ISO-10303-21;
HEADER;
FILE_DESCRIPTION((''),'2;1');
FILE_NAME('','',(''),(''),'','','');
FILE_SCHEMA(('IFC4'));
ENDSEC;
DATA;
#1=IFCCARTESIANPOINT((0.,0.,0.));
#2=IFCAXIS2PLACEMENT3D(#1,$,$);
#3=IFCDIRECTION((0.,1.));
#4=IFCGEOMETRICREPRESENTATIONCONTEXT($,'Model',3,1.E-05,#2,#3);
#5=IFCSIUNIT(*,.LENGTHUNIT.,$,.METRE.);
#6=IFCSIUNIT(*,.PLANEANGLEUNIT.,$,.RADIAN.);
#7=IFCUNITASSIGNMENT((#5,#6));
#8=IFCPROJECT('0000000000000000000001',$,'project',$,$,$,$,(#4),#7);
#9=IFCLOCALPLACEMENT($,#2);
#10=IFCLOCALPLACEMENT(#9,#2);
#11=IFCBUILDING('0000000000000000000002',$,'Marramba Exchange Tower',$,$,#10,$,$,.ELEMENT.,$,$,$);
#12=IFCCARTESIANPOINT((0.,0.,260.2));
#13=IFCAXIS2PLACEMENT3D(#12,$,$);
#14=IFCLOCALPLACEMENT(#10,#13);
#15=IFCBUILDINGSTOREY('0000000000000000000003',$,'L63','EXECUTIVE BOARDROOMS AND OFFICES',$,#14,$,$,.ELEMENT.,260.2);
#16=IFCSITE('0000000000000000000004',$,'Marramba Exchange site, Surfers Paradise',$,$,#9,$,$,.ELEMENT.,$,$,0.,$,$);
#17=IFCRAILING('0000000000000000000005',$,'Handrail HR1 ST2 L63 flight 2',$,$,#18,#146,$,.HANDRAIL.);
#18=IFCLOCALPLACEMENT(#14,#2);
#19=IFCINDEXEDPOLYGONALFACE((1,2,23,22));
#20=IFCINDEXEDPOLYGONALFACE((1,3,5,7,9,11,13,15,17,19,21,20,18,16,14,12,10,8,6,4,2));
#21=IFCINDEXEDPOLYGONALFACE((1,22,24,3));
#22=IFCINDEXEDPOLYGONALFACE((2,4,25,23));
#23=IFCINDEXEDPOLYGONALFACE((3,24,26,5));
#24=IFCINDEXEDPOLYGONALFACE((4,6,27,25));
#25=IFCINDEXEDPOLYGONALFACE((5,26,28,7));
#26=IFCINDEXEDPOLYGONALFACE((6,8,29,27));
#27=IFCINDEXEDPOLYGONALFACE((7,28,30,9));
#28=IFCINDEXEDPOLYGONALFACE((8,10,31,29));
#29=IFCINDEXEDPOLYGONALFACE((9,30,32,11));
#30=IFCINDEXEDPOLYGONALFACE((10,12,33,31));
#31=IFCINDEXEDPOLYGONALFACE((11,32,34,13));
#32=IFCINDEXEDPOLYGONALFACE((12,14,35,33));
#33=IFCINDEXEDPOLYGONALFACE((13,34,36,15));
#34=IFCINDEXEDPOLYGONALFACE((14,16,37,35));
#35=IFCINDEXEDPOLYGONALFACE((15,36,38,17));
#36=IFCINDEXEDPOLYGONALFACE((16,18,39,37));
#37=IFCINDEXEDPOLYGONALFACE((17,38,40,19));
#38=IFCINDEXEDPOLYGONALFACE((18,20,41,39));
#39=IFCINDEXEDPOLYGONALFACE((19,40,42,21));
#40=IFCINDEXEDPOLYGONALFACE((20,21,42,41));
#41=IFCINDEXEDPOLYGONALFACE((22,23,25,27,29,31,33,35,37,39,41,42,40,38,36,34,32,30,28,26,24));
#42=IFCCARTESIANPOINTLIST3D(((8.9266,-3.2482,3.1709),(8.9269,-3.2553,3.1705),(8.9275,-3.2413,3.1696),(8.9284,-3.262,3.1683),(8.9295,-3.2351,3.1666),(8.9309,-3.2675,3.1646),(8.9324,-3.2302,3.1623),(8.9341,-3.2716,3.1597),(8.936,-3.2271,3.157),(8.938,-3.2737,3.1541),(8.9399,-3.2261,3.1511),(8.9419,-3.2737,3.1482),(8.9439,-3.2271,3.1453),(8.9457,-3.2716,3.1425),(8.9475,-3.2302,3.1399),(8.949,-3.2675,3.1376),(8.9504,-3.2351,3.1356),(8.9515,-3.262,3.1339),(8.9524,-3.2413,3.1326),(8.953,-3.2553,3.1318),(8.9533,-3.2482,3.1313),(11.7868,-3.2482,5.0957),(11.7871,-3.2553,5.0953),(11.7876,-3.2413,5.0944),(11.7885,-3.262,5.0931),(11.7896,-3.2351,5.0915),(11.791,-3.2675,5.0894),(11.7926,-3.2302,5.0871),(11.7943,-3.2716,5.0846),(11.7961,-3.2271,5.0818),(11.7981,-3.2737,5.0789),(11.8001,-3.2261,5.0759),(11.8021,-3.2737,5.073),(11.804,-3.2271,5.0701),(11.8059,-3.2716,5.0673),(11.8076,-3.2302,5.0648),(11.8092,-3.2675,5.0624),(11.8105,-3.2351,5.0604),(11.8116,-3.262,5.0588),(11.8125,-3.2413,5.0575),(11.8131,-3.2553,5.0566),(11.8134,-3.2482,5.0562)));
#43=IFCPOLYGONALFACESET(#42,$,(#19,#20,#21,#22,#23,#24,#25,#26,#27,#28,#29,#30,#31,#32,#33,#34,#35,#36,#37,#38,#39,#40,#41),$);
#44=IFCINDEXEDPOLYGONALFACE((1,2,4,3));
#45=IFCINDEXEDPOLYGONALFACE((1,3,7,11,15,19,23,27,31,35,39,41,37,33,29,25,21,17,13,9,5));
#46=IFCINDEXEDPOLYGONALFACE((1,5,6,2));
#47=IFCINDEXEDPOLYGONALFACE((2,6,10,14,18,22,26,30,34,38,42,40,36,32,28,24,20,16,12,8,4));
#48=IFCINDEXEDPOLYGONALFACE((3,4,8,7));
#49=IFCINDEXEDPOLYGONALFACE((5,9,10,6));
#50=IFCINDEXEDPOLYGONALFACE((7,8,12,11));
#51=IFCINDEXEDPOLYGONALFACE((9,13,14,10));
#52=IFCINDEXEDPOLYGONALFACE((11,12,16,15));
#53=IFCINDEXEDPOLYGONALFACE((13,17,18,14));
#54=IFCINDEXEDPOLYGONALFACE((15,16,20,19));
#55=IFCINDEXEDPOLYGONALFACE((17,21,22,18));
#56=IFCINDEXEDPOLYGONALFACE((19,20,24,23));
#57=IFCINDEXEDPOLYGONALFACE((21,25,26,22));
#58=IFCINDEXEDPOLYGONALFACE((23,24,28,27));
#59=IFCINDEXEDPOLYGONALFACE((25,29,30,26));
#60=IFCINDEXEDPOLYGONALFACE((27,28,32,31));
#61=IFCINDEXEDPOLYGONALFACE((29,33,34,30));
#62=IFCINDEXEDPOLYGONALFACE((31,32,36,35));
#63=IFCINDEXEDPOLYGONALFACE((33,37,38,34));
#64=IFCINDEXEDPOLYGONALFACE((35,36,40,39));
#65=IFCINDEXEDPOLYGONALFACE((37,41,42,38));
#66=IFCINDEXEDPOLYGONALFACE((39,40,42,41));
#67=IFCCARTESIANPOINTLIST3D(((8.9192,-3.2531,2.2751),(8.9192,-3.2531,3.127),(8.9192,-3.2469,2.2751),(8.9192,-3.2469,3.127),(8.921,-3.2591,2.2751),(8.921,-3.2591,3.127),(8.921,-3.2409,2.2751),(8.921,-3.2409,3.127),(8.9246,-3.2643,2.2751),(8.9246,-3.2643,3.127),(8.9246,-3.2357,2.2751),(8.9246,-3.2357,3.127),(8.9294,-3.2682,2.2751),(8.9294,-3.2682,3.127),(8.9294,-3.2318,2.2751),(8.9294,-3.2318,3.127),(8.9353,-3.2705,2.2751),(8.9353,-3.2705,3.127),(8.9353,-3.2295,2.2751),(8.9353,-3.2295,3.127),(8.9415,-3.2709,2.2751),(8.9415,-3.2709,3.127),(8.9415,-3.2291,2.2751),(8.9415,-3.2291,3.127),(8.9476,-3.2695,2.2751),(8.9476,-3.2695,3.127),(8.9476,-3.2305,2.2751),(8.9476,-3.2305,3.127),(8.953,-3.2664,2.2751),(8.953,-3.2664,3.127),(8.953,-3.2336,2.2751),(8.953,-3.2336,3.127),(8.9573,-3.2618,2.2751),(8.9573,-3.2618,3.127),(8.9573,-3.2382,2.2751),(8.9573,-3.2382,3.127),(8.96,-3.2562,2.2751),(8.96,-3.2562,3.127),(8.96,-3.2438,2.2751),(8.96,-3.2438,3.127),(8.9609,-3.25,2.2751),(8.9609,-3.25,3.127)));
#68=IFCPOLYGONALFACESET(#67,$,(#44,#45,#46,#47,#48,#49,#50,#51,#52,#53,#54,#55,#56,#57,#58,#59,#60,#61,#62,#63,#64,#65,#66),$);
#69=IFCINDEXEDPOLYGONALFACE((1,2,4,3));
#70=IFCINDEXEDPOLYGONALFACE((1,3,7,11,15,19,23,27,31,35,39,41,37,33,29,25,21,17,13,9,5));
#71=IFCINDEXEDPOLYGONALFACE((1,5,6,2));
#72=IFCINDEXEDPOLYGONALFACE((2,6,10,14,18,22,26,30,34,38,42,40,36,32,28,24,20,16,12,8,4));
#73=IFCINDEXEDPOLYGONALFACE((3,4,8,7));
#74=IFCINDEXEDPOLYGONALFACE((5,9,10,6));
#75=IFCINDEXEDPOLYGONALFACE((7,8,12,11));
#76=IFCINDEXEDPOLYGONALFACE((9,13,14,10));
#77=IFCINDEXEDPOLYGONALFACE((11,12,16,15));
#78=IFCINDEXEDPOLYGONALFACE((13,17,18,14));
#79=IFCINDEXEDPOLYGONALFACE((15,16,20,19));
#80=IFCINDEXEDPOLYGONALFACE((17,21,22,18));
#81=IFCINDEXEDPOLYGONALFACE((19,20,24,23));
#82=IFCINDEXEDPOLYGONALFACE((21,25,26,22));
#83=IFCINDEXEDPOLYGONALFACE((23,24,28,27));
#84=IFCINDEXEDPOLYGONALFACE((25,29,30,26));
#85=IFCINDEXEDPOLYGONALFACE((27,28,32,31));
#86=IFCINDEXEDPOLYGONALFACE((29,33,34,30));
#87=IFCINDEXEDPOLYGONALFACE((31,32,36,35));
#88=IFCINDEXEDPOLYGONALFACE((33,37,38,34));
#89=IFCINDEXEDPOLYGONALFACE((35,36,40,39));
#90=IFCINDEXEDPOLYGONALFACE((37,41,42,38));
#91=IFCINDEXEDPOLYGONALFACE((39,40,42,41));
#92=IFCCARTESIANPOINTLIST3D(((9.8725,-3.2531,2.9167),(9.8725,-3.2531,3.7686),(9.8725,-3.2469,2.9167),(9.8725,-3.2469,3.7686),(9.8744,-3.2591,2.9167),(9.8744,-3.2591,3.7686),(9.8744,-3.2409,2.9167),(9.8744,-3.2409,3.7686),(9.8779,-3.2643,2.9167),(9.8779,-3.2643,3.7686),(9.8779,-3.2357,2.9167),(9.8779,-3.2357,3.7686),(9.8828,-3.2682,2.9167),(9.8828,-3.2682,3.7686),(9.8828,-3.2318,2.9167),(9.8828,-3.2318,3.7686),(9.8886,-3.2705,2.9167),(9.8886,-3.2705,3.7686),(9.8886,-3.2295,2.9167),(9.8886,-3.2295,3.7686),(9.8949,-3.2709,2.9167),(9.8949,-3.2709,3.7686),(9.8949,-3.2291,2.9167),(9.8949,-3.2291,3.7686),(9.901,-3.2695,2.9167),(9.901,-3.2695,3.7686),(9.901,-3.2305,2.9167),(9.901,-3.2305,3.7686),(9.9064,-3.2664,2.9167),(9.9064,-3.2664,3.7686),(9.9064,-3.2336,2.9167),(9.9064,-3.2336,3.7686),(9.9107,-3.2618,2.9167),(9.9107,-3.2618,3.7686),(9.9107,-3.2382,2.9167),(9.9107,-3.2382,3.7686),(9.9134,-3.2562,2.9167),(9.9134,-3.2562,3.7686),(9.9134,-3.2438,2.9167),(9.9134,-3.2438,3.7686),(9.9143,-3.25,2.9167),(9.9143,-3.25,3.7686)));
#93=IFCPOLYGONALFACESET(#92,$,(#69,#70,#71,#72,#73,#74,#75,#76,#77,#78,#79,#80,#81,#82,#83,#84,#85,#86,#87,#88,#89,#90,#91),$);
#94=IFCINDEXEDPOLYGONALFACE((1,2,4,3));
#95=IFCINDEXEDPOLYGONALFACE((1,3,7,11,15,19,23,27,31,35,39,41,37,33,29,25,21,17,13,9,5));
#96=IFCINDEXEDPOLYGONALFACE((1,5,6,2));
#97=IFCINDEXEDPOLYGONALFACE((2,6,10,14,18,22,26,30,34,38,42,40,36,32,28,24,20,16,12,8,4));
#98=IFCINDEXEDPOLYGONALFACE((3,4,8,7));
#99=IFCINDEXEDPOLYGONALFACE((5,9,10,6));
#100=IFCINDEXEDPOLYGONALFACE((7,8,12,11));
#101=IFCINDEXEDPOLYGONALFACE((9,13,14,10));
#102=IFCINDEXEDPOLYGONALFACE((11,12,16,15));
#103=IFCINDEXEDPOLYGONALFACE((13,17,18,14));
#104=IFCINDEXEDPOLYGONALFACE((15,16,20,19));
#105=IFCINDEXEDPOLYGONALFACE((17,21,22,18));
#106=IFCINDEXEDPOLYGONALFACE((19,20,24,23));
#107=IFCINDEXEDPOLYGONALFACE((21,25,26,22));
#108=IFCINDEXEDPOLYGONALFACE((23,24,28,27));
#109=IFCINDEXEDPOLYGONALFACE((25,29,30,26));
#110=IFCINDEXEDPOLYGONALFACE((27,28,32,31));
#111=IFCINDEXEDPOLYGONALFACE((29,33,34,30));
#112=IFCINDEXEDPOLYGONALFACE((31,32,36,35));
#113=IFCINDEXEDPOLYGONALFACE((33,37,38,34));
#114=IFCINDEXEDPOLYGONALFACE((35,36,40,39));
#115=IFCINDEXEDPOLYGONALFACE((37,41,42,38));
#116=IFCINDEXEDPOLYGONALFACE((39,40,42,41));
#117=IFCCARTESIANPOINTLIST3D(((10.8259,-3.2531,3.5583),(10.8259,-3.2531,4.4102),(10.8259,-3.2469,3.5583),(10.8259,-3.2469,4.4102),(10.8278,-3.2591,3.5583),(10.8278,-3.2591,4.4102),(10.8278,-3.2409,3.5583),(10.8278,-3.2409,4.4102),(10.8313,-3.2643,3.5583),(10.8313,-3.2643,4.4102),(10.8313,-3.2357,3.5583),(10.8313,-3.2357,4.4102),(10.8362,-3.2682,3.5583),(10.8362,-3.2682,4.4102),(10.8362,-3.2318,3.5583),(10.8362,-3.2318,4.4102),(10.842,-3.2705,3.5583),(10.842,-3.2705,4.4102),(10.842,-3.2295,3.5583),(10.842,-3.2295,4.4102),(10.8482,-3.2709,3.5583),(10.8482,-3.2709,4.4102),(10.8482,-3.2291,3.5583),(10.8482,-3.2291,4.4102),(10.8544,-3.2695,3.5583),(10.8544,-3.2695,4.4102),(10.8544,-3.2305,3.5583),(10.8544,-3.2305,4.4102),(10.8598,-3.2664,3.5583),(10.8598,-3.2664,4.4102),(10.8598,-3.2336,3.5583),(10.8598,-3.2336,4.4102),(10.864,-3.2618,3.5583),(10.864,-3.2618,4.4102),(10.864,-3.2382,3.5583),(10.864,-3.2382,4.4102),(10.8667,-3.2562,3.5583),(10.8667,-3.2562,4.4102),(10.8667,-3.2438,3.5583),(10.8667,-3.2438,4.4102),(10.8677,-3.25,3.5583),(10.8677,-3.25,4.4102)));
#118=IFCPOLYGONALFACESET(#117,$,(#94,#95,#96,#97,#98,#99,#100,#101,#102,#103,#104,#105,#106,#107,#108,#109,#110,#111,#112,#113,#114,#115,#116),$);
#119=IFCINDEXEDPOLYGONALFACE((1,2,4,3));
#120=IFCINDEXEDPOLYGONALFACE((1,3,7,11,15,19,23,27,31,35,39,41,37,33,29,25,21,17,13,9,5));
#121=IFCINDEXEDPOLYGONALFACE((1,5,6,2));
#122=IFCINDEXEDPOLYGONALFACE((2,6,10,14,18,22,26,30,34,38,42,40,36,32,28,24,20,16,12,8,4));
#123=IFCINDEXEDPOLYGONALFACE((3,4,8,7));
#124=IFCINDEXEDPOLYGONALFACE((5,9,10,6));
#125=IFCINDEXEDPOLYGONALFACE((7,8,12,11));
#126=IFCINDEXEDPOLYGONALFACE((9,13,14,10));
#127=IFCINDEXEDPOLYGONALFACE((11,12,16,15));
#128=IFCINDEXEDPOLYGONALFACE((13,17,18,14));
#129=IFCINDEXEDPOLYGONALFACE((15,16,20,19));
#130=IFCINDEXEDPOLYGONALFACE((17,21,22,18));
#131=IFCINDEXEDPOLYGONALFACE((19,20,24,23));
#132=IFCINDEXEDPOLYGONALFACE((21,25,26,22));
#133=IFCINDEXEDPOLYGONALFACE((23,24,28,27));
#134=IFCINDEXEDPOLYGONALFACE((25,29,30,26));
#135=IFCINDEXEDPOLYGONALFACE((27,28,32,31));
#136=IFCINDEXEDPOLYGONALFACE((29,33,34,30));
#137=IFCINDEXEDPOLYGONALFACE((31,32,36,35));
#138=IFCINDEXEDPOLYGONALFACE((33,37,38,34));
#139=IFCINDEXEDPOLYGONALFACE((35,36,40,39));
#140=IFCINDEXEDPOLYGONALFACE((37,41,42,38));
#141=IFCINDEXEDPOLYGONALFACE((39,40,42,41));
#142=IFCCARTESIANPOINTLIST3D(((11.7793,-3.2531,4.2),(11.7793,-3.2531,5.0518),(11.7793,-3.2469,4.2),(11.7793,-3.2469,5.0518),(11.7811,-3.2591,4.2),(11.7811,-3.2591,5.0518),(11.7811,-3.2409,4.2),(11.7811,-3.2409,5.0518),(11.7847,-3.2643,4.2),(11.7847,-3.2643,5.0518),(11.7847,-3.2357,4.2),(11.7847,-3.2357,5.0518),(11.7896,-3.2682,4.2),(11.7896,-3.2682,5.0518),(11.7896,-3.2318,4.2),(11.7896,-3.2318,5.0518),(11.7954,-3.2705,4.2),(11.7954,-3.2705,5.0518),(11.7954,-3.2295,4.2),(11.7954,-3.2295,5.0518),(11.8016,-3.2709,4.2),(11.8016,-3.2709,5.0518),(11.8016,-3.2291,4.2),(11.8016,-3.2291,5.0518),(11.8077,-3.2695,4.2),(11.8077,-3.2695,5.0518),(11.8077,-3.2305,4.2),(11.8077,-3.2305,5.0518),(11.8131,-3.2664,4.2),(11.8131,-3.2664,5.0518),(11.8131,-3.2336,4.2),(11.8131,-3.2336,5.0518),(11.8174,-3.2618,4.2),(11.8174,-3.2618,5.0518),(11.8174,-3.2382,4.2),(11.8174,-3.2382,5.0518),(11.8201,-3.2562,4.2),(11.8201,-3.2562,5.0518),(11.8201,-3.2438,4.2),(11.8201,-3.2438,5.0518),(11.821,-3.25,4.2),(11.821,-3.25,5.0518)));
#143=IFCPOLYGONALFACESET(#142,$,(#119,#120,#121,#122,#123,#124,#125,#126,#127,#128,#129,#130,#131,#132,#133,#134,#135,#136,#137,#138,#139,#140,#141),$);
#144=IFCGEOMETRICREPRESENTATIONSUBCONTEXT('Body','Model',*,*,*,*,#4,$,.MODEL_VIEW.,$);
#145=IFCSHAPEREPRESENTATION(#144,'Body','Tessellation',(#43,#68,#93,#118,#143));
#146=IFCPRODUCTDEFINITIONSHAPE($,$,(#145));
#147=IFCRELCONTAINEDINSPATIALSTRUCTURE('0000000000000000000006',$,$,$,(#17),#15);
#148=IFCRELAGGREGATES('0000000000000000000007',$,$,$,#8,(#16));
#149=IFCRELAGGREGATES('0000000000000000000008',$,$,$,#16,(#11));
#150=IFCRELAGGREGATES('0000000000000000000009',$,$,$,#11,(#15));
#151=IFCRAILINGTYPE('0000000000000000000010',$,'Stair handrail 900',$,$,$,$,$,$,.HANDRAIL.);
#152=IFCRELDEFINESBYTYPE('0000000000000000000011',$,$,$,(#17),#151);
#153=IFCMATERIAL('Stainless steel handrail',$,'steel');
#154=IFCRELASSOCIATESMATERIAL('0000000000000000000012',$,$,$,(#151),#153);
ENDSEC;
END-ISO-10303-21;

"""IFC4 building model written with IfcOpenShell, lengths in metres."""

from ifc_helpers import new_model, si_unit, direction, frame, origin, origin_2d, place, context, subcontext, project, spatial, circle, extrude, material, type_object, element, save


model = new_model("IFC4")

# Units and contexts
model_context = context("Model", 3, precision=1e-05, world=origin(), true_north=direction((0.0, 1.0)))
body_context = subcontext(model_context, "Body", "Model", "MODEL_VIEW")
ifc_project = project(units=[si_unit("LENGTHUNIT", "METRE"), si_unit("PLANEANGLEUNIT", "RADIAN")], contexts=[model_context])

# Site, building, storey
site_placement = place(None, origin())
site = spatial("IfcSite", under=ifc_project, at=site_placement, Name="Marramba Exchange site, Surfers Paradise", CompositionType="ELEMENT", RefElevation=0.0)
building_placement = place(site_placement, origin())
building = spatial("IfcBuilding", under=site, at=building_placement, Name="Marramba Exchange Tower", CompositionType="ELEMENT")
storey_placement = place(building_placement, frame((0.0, 0.0, 260.2)))
storey = spatial("IfcBuildingStorey", under=building, at=storey_placement, Name="L63", Description="EXECUTIVE BOARDROOMS AND OFFICES", CompositionType="ELEMENT", Elevation=260.2)

# Railing
ifc_material_1 = material(Name="Stainless steel handrail", Category="steel")
railing_type = type_object("IfcRailingType", Name="Stair handrail 900", PredefinedType="HANDRAIL", material=ifc_material_1)
railing_placement = place(storey_placement, frame((8.9399, -3.25, 2.2751)))
element("IfcRailing", 1, at=railing_placement, inside=storey, type_object=railing_type, Name="Handrail HR1 ST2 L63 flight 2", PredefinedType="HANDRAIL", context=body_context, shape_type="SweptSolid", body=[
    extrude(circle(Radius=0.0239, at=origin_2d()), frame((0.0, 0.0, 0.876), z_axis=(0.829624, 0.0, 0.558323), x_axis=(0.0, 1.0, 0.0)), (0.0, 0.0, 1.0), 3.4475),
    extrude(circle(Radius=0.021, at=origin_2d()), origin(), (0.0, 0.0, 1.0), 0.8518),
    extrude(circle(Radius=0.021, at=origin_2d()), frame((0.9534, 0.0, 0.6416)), (0.0, 0.0, 1.0), 0.8518),
    extrude(circle(Radius=0.021, at=origin_2d()), frame((1.9067, 0.0, 1.2832)), (0.0, 0.0, 1.0), 0.8518),
    extrude(circle(Radius=0.021, at=origin_2d()), frame((2.8601, 0.0, 1.9248)), (0.0, 0.0, 1.0), 0.8518),
])

save(model, "model.ifc")
